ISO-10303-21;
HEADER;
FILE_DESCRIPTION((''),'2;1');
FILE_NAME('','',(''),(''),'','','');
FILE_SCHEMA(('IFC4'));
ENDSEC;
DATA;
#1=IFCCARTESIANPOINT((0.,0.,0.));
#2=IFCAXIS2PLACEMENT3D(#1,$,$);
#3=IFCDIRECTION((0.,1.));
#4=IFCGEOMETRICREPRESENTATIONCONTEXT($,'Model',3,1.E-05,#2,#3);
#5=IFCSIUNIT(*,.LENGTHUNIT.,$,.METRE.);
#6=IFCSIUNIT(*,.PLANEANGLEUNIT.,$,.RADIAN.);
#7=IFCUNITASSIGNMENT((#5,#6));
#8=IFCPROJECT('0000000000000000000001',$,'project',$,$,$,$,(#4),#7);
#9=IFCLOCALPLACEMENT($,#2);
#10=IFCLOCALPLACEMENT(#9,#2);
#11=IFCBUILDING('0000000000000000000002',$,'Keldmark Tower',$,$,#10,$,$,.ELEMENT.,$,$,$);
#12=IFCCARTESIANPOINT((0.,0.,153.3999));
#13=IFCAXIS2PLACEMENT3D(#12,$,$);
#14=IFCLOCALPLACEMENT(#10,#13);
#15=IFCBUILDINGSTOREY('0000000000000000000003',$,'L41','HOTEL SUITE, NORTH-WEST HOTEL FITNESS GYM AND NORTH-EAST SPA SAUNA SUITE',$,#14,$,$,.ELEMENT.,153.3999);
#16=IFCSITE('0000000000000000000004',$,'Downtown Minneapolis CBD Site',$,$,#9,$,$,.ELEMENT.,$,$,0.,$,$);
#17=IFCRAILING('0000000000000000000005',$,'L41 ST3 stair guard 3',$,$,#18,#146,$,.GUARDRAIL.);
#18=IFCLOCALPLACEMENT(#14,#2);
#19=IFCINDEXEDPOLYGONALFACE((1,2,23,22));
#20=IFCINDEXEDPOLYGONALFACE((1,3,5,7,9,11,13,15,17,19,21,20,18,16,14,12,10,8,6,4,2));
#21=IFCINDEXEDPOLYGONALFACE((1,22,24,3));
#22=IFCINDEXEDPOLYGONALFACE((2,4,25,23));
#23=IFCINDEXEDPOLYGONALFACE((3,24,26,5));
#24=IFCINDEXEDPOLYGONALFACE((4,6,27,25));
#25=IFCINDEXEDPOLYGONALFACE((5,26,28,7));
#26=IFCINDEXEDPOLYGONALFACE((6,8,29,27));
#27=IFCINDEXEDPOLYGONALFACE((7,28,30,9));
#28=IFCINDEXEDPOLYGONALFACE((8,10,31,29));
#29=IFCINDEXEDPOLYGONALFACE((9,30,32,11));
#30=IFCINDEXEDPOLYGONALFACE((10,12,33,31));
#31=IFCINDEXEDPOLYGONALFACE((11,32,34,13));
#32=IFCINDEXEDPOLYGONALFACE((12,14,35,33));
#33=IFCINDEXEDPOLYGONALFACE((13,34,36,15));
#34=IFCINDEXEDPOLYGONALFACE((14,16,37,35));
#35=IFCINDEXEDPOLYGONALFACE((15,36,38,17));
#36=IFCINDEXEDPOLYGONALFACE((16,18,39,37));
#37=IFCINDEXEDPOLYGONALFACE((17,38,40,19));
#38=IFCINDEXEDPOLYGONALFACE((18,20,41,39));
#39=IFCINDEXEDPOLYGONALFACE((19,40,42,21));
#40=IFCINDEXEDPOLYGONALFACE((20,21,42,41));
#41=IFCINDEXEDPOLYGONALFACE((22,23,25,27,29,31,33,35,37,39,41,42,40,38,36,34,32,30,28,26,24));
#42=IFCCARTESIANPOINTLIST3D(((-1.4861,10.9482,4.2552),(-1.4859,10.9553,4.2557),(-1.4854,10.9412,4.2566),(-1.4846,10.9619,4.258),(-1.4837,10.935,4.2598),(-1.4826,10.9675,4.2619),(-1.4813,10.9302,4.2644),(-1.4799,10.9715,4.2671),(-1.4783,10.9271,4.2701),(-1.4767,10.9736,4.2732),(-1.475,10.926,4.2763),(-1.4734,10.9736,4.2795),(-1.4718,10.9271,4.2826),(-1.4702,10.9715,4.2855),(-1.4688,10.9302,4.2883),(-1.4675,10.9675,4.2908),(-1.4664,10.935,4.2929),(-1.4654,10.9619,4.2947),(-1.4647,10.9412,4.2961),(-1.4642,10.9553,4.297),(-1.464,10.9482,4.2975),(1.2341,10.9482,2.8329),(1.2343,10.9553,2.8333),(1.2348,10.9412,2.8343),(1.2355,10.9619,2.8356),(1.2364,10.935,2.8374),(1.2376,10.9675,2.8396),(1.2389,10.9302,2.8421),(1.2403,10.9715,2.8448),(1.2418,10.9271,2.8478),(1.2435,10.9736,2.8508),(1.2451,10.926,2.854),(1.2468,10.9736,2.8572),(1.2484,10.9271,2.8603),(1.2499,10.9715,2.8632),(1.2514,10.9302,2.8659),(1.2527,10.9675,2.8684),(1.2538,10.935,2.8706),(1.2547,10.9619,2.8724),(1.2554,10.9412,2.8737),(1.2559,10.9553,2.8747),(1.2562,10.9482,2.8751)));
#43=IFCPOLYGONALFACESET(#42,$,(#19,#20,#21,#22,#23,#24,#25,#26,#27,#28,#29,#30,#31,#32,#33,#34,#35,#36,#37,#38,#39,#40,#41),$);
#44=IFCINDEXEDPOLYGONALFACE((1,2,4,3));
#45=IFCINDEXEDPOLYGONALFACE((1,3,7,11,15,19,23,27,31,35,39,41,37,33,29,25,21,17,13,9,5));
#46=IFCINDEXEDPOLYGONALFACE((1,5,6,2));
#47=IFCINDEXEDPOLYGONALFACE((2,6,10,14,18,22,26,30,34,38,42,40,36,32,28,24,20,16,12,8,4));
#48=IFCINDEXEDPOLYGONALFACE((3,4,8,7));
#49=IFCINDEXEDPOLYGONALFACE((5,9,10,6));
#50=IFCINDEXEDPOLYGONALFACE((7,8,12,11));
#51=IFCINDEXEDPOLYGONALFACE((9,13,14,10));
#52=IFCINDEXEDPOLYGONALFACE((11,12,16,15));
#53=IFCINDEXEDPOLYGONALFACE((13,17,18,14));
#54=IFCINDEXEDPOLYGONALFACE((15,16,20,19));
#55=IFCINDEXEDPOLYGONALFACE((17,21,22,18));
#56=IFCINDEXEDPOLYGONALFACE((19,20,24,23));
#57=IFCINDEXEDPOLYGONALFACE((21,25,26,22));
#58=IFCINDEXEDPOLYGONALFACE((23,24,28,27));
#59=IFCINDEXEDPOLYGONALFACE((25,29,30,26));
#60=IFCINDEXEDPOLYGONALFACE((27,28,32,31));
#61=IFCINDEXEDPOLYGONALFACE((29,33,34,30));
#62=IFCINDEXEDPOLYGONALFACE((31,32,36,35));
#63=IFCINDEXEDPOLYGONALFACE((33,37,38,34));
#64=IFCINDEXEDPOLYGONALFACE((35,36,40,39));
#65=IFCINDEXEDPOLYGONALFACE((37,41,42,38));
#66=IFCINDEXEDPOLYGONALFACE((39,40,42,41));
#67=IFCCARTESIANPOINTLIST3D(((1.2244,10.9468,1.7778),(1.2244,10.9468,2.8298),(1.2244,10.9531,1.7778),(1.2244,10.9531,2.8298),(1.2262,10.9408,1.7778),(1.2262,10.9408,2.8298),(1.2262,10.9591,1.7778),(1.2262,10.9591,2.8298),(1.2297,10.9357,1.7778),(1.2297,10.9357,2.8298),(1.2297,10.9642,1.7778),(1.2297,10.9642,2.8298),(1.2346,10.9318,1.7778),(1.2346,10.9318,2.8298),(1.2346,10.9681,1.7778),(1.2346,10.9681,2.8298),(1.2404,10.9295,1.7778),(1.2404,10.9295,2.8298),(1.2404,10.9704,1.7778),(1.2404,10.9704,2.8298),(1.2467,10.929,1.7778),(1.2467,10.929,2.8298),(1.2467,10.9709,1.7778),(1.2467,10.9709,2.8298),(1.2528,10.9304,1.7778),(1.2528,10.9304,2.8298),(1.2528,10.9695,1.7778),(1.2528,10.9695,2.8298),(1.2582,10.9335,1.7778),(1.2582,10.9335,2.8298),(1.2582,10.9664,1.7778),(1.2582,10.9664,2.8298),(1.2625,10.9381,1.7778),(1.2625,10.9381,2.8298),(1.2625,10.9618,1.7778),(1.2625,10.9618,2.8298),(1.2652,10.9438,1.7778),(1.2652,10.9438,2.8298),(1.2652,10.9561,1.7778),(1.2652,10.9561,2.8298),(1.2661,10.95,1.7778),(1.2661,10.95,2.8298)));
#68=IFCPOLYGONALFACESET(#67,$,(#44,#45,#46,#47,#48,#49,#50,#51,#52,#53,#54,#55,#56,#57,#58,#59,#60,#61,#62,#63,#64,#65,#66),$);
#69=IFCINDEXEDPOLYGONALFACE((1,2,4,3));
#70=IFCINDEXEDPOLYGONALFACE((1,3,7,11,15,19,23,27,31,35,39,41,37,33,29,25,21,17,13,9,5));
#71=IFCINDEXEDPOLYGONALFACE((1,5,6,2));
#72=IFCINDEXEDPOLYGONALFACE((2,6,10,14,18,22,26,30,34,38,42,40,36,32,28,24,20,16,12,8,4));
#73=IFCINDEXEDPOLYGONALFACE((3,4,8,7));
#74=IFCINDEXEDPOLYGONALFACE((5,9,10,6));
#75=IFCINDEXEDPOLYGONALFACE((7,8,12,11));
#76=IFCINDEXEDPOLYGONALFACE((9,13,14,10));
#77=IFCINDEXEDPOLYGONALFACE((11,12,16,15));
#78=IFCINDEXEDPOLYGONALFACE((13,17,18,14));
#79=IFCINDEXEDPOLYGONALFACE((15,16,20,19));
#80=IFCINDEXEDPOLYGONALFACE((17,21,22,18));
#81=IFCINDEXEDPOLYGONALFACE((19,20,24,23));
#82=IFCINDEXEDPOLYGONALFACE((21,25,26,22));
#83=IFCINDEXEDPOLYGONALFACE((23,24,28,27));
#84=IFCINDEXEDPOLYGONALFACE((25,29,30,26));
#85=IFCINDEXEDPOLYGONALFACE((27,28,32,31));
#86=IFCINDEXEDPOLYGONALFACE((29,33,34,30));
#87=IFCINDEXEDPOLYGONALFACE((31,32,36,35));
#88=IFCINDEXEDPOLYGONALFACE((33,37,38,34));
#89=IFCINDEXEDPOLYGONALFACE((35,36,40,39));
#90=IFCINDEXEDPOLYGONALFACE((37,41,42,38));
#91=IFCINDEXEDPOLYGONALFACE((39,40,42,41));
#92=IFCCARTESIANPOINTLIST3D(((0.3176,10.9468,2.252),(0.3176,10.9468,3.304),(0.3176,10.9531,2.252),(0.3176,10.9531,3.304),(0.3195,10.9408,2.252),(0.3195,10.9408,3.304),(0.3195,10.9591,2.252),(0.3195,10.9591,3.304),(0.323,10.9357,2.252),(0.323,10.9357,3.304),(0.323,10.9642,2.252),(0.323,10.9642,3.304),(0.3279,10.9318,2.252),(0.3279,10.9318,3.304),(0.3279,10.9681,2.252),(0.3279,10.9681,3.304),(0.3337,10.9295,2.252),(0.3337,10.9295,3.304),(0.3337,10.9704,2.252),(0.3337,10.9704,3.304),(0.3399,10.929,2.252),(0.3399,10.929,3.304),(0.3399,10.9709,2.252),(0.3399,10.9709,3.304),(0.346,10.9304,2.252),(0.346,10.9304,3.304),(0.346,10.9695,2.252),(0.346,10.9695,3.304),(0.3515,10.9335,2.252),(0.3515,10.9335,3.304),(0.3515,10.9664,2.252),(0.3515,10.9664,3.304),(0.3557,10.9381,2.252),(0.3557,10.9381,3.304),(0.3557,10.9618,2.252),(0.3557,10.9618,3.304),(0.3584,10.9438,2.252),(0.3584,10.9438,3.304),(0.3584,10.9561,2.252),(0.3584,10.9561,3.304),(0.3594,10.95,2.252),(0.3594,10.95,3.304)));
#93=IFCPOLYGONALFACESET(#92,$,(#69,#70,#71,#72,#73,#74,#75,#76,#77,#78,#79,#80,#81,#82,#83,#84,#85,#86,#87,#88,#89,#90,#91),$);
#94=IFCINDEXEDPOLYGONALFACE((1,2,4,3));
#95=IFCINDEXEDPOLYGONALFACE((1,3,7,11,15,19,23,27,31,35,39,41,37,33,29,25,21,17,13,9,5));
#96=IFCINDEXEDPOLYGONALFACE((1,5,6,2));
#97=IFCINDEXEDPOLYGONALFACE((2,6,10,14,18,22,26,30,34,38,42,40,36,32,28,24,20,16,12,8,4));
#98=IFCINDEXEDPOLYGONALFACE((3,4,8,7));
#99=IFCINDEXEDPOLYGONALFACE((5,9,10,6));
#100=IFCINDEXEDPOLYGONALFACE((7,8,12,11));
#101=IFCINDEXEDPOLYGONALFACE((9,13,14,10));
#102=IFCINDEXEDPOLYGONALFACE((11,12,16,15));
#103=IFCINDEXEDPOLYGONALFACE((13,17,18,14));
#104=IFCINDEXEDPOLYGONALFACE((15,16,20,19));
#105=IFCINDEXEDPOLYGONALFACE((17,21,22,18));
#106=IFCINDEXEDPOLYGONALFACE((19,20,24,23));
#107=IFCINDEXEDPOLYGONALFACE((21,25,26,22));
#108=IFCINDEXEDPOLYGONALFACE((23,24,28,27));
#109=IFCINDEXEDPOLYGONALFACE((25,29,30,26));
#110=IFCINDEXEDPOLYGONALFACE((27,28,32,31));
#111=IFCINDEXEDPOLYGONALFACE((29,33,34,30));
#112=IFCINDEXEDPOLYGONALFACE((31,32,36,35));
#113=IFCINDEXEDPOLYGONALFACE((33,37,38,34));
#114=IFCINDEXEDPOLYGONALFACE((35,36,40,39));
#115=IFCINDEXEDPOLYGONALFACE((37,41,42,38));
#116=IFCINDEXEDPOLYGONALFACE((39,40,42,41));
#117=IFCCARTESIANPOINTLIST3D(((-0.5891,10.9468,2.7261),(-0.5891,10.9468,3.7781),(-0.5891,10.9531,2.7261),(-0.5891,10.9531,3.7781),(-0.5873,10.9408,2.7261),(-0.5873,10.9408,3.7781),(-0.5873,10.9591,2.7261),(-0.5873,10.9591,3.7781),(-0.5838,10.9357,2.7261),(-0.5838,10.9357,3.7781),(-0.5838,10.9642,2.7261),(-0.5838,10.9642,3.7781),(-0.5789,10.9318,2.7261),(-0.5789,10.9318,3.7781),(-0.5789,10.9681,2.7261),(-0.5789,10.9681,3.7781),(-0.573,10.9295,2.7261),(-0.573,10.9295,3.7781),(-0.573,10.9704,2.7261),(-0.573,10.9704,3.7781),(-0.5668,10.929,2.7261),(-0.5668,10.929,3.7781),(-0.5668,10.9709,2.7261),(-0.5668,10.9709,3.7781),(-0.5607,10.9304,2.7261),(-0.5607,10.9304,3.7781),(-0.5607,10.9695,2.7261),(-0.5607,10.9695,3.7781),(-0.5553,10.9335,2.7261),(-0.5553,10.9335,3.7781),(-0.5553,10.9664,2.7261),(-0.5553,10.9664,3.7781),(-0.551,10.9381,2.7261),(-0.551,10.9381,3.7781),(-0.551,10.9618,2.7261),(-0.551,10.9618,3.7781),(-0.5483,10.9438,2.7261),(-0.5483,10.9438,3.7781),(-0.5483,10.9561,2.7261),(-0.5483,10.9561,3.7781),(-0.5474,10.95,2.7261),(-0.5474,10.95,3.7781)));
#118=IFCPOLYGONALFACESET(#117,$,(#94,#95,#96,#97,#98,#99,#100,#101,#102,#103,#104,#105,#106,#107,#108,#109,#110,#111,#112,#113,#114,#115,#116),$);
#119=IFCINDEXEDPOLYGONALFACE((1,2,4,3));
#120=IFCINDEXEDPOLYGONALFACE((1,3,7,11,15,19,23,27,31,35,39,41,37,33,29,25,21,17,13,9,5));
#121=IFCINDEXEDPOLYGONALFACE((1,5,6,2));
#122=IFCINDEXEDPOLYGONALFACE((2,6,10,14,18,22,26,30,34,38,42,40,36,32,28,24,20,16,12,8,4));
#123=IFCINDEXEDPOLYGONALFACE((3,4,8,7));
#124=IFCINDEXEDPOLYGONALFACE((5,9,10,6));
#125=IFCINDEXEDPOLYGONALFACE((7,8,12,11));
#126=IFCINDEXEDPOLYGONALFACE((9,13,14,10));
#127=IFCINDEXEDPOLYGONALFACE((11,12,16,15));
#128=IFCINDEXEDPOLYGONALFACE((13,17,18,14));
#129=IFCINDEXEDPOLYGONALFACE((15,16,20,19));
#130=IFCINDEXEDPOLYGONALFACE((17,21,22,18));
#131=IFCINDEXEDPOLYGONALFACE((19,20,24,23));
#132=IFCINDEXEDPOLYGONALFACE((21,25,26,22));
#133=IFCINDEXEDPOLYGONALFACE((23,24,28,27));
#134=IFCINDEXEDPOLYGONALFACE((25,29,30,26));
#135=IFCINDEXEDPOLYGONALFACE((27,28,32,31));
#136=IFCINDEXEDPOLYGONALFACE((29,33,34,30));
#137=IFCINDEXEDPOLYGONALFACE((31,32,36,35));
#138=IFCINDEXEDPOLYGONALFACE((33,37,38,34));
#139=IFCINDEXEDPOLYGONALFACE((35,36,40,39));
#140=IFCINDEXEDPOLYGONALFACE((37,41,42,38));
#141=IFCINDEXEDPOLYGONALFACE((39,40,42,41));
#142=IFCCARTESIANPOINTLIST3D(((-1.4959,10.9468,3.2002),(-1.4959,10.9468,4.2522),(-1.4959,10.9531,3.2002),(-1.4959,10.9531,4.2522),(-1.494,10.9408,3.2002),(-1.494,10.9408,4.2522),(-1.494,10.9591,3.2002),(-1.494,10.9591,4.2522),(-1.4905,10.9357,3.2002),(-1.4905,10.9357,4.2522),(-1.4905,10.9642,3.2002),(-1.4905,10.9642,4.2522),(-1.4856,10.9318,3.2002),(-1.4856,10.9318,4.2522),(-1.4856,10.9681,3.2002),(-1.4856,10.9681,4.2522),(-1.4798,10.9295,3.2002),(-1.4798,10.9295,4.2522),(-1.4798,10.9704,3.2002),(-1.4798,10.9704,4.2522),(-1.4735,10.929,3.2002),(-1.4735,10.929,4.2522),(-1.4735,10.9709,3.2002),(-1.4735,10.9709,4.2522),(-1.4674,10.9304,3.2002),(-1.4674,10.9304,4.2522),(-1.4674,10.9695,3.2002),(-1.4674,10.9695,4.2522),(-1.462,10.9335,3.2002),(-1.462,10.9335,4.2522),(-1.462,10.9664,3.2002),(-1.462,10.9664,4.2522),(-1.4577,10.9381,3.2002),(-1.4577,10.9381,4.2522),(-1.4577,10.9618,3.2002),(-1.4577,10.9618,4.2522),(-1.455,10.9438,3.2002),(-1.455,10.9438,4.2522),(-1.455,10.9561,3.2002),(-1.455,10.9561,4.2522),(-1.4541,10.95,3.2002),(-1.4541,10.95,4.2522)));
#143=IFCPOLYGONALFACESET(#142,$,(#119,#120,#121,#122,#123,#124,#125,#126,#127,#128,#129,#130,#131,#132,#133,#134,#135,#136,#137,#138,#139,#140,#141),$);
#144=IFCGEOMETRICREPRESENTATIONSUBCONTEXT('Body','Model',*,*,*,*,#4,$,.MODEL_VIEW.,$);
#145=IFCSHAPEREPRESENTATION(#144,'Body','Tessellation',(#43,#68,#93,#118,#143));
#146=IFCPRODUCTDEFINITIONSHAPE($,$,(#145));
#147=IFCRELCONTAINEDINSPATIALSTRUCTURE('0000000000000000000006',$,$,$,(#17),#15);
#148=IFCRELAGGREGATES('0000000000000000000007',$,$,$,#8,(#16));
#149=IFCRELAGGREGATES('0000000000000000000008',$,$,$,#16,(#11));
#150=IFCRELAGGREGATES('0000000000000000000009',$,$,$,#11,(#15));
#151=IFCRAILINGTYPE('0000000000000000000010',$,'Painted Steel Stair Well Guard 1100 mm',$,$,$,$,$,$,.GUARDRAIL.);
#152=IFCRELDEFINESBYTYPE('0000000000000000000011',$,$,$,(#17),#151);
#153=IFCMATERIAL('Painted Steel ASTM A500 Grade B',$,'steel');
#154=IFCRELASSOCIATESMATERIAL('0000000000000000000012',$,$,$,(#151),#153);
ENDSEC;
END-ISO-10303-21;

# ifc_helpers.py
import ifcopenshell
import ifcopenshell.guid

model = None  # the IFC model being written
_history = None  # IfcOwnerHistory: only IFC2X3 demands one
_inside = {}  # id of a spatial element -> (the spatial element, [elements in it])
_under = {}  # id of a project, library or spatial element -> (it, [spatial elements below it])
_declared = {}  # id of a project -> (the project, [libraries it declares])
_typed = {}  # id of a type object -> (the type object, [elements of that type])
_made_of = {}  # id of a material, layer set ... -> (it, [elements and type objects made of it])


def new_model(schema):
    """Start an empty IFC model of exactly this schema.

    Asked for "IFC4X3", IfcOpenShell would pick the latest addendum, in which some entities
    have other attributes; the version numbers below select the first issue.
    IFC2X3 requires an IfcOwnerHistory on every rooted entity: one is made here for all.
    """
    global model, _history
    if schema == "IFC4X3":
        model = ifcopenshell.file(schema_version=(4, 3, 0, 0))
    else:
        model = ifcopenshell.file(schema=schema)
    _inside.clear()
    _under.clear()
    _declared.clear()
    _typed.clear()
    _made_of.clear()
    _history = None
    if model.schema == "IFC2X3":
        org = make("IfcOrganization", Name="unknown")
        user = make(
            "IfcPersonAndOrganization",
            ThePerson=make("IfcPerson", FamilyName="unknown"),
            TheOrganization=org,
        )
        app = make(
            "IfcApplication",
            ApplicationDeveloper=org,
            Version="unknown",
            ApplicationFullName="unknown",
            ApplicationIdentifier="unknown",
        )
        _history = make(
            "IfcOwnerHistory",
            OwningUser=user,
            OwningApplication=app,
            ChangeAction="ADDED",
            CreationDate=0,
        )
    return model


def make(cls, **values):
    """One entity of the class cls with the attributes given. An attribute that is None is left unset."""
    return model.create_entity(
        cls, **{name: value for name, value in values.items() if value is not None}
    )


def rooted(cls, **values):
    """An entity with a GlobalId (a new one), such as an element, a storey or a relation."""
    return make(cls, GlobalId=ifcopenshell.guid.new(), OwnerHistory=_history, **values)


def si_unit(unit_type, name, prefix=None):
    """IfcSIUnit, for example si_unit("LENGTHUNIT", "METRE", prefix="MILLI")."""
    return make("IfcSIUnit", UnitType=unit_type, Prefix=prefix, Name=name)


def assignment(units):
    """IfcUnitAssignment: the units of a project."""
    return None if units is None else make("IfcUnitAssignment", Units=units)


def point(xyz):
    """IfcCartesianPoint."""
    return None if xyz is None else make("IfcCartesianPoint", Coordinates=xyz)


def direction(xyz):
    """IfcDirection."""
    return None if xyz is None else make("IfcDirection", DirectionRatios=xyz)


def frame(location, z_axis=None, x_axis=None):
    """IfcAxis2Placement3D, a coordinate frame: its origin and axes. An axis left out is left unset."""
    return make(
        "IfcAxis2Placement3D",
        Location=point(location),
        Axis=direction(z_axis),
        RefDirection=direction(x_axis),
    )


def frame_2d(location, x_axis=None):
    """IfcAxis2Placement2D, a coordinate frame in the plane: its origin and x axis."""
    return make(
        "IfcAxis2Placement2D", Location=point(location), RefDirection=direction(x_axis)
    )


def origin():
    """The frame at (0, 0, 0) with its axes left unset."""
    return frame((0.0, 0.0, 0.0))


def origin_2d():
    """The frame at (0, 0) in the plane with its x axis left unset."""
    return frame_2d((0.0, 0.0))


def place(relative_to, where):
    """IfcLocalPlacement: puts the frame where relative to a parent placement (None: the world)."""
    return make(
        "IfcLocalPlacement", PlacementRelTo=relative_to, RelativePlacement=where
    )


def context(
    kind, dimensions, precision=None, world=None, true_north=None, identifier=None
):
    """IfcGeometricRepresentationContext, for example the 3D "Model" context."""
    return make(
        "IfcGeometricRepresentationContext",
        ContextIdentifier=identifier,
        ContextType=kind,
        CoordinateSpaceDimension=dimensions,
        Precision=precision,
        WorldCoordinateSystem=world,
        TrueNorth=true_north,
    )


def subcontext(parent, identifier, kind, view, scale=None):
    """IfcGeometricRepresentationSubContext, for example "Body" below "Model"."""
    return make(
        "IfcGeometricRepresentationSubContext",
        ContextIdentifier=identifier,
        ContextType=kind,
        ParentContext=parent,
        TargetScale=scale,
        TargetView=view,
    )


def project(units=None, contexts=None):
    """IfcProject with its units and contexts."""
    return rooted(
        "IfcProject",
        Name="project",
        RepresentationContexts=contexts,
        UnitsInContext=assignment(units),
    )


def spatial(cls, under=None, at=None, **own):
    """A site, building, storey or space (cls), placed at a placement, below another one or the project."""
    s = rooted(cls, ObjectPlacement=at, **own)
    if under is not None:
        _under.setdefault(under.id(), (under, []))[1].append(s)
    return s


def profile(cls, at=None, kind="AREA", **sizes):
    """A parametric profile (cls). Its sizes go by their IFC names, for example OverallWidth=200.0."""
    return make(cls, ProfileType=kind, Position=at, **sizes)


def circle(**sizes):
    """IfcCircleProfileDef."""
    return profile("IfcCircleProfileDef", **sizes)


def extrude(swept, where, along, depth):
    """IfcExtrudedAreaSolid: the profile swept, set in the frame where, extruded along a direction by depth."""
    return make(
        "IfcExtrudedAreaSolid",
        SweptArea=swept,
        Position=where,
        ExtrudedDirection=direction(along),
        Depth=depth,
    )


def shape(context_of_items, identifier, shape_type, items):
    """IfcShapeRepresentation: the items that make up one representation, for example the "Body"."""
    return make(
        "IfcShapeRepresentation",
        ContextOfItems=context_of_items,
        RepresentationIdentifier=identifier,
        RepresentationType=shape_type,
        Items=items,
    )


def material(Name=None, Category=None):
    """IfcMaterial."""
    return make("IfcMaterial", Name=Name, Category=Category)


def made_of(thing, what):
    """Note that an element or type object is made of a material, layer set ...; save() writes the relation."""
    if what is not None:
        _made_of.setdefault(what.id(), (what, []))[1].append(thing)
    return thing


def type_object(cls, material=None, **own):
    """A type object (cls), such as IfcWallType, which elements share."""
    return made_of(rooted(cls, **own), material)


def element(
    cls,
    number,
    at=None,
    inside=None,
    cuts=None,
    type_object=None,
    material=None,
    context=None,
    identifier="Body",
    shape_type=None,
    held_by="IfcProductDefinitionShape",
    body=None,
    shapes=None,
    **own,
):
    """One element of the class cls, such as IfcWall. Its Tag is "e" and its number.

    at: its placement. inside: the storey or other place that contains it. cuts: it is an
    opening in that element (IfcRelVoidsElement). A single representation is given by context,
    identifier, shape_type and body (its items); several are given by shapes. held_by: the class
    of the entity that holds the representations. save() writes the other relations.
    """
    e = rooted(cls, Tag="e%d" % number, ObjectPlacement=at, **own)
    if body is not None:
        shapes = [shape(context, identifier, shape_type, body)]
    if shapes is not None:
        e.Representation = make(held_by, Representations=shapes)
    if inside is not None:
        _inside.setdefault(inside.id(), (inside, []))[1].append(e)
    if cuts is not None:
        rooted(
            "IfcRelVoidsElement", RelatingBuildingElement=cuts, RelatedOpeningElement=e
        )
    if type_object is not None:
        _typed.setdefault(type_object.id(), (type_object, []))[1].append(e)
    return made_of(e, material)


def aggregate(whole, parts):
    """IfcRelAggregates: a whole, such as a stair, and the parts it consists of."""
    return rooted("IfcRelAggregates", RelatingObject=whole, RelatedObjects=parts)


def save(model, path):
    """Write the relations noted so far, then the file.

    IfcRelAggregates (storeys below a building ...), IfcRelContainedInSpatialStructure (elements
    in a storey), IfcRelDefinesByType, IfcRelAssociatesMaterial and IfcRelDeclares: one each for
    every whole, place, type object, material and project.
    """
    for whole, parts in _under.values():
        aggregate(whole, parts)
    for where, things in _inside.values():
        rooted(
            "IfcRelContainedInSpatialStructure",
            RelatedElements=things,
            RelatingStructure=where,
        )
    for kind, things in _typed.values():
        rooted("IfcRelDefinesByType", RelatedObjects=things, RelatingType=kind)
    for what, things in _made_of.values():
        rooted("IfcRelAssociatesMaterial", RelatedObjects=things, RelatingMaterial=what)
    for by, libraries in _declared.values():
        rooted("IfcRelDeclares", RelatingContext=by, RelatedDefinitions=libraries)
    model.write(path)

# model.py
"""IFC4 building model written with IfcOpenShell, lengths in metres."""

from ifc_helpers import new_model, si_unit, direction, frame, origin, origin_2d, place, context, subcontext, project, spatial, circle, extrude, material, type_object, element, save


model = new_model("IFC4")

# Units and contexts
model_context = context("Model", 3, precision=1e-05, world=origin(), true_north=direction((0.0, 1.0)))
body_context = subcontext(model_context, "Body", "Model", "MODEL_VIEW")
ifc_project = project(units=[si_unit("LENGTHUNIT", "METRE"), si_unit("PLANEANGLEUNIT", "RADIAN")], contexts=[model_context])

# Site, building, storey
site_placement = place(None, origin())
site = spatial("IfcSite", under=ifc_project, at=site_placement, Name="Downtown Minneapolis CBD Site", CompositionType="ELEMENT", RefElevation=0.0)
building_placement = place(site_placement, origin())
building = spatial("IfcBuilding", under=site, at=building_placement, Name="Keldmark Tower", CompositionType="ELEMENT")
storey_placement = place(building_placement, frame((0.0, 0.0, 153.3999)))
storey = spatial("IfcBuildingStorey", under=building, at=storey_placement, Name="L41", Description="HOTEL SUITE, NORTH-WEST HOTEL FITNESS GYM AND NORTH-EAST SPA SAUNA SUITE", CompositionType="ELEMENT", Elevation=153.3999)

# Railing
ifc_material_1 = material(Name="Painted Steel ASTM A500 Grade B", Category="steel")
railing_type_1 = type_object("IfcRailingType", Name="Painted Steel Stair Well Guard 1100 mm", PredefinedType="GUARDRAIL", material=ifc_material_1)
railing_1_placement = place(storey_placement, frame((1.2451, 10.95, 1.7778)))
element("IfcRailing", 1, at=railing_1_placement, inside=storey, type_object=railing_type_1, Name="L41 ST3 stair guard 3", PredefinedType="GUARDRAIL", context=body_context, shape_type="SweptSolid", body=[
    extrude(circle(Radius=0.0239, at=origin_2d()), frame((0.0, 0.0, 1.0762), z_axis=(-0.886168, 0.0, 0.463365), x_axis=(0.0, -1.0, 0.0)), (0.0, 0.0, 1.0), 3.0696),
    extrude(circle(Radius=0.021, at=origin_2d()), origin(), (0.0, 0.0, 1.0), 1.052),
    extrude(circle(Radius=0.021, at=origin_2d()), frame((-0.9067, 0.0, 0.4741)), (0.0, 0.0, 1.0), 1.052),
    extrude(circle(Radius=0.021, at=origin_2d()), frame((-1.8135, 0.0, 0.9482)), (0.0, 0.0, 1.0), 1.052),
    extrude(circle(Radius=0.021, at=origin_2d()), frame((-2.7202, 0.0, 1.4224)), (0.0, 0.0, 1.0), 1.052),
])

save(model, "model.ifc")
